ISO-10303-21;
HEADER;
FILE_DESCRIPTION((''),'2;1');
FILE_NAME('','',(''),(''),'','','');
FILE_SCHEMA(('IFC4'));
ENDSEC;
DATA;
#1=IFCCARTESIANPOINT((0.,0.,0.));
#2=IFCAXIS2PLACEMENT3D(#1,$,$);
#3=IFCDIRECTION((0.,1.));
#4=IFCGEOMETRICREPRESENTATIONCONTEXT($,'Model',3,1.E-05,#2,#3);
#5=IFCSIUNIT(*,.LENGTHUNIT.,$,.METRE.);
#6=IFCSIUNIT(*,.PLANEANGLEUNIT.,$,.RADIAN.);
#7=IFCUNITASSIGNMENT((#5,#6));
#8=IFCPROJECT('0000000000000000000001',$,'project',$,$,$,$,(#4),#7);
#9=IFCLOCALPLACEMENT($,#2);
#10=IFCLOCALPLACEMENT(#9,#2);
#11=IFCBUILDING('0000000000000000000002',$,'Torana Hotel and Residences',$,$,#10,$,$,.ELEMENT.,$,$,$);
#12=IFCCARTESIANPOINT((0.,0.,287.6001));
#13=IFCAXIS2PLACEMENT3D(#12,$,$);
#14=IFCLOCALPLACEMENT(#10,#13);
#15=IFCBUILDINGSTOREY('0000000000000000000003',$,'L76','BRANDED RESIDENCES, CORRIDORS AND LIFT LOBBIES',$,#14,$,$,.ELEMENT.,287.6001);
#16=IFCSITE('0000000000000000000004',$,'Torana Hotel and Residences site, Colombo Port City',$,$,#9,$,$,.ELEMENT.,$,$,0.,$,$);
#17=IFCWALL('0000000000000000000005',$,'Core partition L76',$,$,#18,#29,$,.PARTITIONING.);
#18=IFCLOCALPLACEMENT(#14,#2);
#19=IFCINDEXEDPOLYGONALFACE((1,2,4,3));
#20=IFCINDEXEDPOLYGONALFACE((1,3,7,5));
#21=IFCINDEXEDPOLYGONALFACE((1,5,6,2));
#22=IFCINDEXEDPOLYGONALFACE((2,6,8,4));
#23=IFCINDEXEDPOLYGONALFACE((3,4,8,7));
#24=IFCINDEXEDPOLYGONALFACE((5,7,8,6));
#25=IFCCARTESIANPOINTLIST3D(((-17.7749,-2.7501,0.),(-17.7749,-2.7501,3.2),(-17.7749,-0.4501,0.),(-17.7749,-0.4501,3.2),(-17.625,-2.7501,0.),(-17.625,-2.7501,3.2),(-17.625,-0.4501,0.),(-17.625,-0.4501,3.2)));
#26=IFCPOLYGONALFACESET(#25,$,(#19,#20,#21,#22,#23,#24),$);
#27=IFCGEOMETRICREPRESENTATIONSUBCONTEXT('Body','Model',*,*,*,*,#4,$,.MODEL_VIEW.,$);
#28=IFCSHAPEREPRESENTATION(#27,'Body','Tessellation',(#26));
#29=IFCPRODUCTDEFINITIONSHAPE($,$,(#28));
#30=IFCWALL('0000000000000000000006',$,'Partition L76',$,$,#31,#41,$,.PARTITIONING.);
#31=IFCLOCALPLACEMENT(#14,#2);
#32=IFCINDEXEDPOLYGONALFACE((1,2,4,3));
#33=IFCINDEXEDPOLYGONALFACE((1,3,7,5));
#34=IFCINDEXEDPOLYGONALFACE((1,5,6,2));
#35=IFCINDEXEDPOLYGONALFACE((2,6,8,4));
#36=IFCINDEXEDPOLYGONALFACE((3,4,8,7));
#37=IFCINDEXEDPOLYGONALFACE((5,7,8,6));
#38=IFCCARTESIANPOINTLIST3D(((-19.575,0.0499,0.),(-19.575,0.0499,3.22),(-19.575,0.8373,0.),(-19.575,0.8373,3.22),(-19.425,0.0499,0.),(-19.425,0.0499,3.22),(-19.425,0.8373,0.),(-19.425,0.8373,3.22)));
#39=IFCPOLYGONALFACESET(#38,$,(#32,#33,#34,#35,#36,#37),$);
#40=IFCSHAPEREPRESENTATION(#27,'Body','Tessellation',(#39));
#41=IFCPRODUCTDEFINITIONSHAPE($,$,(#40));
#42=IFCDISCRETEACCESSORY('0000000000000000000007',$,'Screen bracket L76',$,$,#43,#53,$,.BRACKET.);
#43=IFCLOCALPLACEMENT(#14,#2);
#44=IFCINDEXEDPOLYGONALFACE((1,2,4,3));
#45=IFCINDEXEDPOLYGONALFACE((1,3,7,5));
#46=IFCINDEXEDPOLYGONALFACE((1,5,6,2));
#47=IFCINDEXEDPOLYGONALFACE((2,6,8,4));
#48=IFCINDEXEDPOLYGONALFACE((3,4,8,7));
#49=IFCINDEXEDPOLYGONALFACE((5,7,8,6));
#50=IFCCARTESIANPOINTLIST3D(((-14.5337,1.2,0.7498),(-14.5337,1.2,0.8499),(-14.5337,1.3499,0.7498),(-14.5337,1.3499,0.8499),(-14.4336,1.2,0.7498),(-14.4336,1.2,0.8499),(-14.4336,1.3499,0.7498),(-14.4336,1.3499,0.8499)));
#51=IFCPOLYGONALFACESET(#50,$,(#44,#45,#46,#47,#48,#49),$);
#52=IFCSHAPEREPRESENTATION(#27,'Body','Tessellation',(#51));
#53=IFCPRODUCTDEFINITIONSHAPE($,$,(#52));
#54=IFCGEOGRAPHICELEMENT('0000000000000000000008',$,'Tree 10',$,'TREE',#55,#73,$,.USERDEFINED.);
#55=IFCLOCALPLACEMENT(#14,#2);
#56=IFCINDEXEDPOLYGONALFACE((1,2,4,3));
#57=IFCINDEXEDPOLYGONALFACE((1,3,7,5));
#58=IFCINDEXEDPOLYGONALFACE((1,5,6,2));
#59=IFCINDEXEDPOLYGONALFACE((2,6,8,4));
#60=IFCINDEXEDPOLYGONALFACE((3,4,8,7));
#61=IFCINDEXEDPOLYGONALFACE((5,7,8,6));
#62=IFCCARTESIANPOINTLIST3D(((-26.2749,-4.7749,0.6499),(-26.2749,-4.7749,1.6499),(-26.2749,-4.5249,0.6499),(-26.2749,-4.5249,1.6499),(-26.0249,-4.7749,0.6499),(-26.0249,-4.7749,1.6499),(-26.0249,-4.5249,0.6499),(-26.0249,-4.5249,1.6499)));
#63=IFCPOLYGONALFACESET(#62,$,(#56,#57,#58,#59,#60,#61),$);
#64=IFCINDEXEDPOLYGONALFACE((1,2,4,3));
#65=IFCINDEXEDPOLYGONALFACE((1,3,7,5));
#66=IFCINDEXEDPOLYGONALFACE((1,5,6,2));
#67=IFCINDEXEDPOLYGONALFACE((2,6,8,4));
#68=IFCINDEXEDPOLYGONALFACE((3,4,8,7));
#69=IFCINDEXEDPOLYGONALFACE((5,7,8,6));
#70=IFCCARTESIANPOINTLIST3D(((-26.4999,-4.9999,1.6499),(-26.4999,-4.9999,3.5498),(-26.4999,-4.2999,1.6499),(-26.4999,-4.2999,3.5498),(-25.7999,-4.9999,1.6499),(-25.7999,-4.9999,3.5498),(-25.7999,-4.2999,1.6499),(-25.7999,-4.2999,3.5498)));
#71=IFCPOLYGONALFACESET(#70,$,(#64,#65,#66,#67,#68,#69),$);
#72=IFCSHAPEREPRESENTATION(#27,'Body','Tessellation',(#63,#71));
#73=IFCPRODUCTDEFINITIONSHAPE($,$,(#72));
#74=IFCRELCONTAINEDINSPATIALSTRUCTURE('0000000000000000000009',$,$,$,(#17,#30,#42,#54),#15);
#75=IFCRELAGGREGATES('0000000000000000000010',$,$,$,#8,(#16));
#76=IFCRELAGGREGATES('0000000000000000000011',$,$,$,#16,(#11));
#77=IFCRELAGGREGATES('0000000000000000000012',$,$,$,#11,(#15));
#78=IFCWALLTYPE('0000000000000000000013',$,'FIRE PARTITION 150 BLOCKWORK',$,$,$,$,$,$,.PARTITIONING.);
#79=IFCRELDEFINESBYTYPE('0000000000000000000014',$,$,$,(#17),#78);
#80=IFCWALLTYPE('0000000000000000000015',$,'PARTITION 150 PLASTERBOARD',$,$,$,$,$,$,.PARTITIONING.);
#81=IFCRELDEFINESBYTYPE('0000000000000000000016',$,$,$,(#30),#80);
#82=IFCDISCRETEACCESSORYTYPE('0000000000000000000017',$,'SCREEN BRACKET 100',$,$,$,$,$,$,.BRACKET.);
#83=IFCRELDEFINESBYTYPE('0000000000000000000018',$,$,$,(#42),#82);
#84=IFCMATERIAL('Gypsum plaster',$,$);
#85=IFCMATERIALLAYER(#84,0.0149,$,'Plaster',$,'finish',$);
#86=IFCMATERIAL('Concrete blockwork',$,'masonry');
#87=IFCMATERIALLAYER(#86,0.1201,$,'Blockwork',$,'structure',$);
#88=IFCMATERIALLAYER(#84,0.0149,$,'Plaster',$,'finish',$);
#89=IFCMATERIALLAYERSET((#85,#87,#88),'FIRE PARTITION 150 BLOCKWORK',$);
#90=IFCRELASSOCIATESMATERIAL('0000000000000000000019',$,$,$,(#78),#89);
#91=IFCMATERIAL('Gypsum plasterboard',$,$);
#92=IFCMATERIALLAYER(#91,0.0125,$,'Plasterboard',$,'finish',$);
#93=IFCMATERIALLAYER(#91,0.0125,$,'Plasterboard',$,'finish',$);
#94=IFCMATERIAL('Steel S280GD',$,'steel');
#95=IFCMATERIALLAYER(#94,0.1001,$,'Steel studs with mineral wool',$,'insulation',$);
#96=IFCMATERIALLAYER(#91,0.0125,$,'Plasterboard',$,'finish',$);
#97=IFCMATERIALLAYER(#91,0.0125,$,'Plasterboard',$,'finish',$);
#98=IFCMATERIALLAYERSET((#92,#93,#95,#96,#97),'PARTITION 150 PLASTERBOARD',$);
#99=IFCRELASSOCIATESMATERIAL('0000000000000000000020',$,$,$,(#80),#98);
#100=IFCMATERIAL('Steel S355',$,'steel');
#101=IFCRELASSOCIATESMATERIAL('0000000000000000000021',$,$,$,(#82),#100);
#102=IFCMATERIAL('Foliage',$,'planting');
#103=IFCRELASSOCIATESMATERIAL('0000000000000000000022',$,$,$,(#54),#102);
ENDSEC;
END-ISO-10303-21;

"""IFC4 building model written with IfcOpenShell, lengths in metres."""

from ifc_helpers import new_model, si_unit, direction, frame, frame_2d, origin, origin_2d, place, context, subcontext, project, spatial, rectangle, extrude, material, layer, layer_set, type_object, element, save


model = new_model("IFC4")

# Units and contexts
model_context = context("Model", 3, precision=1e-05, world=origin(), true_north=direction((0.0, 1.0)))
body_context = subcontext(model_context, "Body", "Model", "MODEL_VIEW")
ifc_project = project(units=[si_unit("LENGTHUNIT", "METRE"), si_unit("PLANEANGLEUNIT", "RADIAN")], contexts=[model_context])

# Site, building, storey
site_placement = place(None, origin())
site = spatial("IfcSite", under=ifc_project, at=site_placement, Name="Torana Hotel and Residences site, Colombo Port City", CompositionType="ELEMENT", RefElevation=0.0)
building_placement = place(site_placement, origin())
building = spatial("IfcBuilding", under=site, at=building_placement, Name="Torana Hotel and Residences", CompositionType="ELEMENT")
storey_placement = place(building_placement, frame((0.0, 0.0, 287.6001)))
storey = spatial("IfcBuildingStorey", under=building, at=storey_placement, Name="L76", Description="BRANDED RESIDENCES, CORRIDORS AND LIFT LOBBIES", CompositionType="ELEMENT", Elevation=287.6001)

# Shared definitions
ifc_material_1 = material(Name="Steel S280GD", Category="steel")

# Walls
ifc_material_2 = material(Name="Gypsum plaster")
ifc_layer_1 = layer(ifc_material_2, 0.0149, Name="Plaster", Category="finish")
ifc_material_3 = material(Name="Concrete blockwork", Category="masonry")
ifc_layer_2 = layer(ifc_material_3, 0.1201, Name="Blockwork", Category="structure")
ifc_layer_3 = layer(ifc_material_2, 0.0149, Name="Plaster", Category="finish")
ifc_layer_set_1 = layer_set([ifc_layer_1, ifc_layer_2, ifc_layer_3], Name="FIRE PARTITION 150 BLOCKWORK")
wall_type_1 = type_object("IfcWallType", Name="FIRE PARTITION 150 BLOCKWORK", PredefinedType="PARTITIONING", material=ifc_layer_set_1)
wall_1_placement = place(storey_placement, frame((-17.7, -2.75, 0.0), z_axis=(0.0, 0.0, 1.0), x_axis=(0.0, 1.0, 0.0)))
element("IfcWall", 1, at=wall_1_placement, inside=storey, type_object=wall_type_1, Name="Core partition L76", PredefinedType="PARTITIONING", context=body_context, shape_type="SweptSolid", body=[
    extrude(rectangle(XDim=2.3, YDim=0.1499, at=frame_2d((1.1499, 0.0))), origin(), (0.0, 0.0, 1.0), 3.2),
])
ifc_material_4 = material(Name="Gypsum plasterboard")
ifc_layer_4 = layer(ifc_material_4, 0.0125, Name="Plasterboard", Category="finish")
ifc_layer_5 = layer(ifc_material_4, 0.0125, Name="Plasterboard", Category="finish")
ifc_layer_6 = layer(ifc_material_1, 0.1001, Name="Steel studs with mineral wool", Category="insulation")
ifc_layer_7 = layer(ifc_material_4, 0.0125, Name="Plasterboard", Category="finish")
ifc_layer_8 = layer(ifc_material_4, 0.0125, Name="Plasterboard", Category="finish")
ifc_layer_set_2 = layer_set([ifc_layer_4, ifc_layer_5, ifc_layer_6, ifc_layer_7, ifc_layer_8], Name="PARTITION 150 PLASTERBOARD")
wall_type_2 = type_object("IfcWallType", Name="PARTITION 150 PLASTERBOARD", PredefinedType="PARTITIONING", material=ifc_layer_set_2)
wall_2_placement = place(storey_placement, frame((-19.5, 0.05, 0.0), z_axis=(0.0, 0.0, 1.0), x_axis=(0.0, 1.0, 0.0)))
element("IfcWall", 2, at=wall_2_placement, inside=storey, type_object=wall_type_2, Name="Partition L76", PredefinedType="PARTITIONING", context=body_context, shape_type="SweptSolid", body=[
    extrude(rectangle(XDim=0.7874, YDim=0.1499, at=frame_2d((0.3936, 0.0))), origin(), (0.0, 0.0, 1.0), 3.22),
])

# Discrete accessory
ifc_material_5 = material(Name="Steel S355", Category="steel")
discrete_accessory_type = type_object("IfcDiscreteAccessoryType", Name="SCREEN BRACKET 100", PredefinedType="BRACKET", material=ifc_material_5)
discrete_accessory_placement = place(storey_placement, frame((-14.4836, 1.2749, 0.7498), z_axis=(0.0, 0.0, 1.0), x_axis=(-1.0, 0.0, 0.0)))
element("IfcDiscreteAccessory", 3, at=discrete_accessory_placement, inside=storey, type_object=discrete_accessory_type, Name="Screen bracket L76", PredefinedType="BRACKET", context=body_context, shape_type="SweptSolid", body=[
    extrude(rectangle(XDim=0.1001, YDim=0.1499, at=origin_2d()), origin(), (0.0, 0.0, 1.0), 0.1001),
])

# Geographic element
ifc_material_6 = material(Name="Foliage", Category="planting")
geographic_element_placement = place(storey_placement, frame((-26.1499, -4.6499, 0.6499), z_axis=(0.0, 0.0, 1.0), x_axis=(1.0, 0.0, 0.0)))
element("IfcGeographicElement", 4, at=geographic_element_placement, inside=storey, material=ifc_material_6, Name="Tree 10", ObjectType="TREE", PredefinedType="USERDEFINED", context=body_context, shape_type="SweptSolid", body=[
    extrude(rectangle(XDim=0.25, YDim=0.25, at=origin_2d()), origin(), (0.0, 0.0, 1.0), 1.0),
    extrude(rectangle(XDim=0.7, YDim=0.7, at=origin_2d()), frame((0.0, 0.0, 1.0)), (0.0, 0.0, 1.0), 1.8999),
])

save(model, "model.ifc")
